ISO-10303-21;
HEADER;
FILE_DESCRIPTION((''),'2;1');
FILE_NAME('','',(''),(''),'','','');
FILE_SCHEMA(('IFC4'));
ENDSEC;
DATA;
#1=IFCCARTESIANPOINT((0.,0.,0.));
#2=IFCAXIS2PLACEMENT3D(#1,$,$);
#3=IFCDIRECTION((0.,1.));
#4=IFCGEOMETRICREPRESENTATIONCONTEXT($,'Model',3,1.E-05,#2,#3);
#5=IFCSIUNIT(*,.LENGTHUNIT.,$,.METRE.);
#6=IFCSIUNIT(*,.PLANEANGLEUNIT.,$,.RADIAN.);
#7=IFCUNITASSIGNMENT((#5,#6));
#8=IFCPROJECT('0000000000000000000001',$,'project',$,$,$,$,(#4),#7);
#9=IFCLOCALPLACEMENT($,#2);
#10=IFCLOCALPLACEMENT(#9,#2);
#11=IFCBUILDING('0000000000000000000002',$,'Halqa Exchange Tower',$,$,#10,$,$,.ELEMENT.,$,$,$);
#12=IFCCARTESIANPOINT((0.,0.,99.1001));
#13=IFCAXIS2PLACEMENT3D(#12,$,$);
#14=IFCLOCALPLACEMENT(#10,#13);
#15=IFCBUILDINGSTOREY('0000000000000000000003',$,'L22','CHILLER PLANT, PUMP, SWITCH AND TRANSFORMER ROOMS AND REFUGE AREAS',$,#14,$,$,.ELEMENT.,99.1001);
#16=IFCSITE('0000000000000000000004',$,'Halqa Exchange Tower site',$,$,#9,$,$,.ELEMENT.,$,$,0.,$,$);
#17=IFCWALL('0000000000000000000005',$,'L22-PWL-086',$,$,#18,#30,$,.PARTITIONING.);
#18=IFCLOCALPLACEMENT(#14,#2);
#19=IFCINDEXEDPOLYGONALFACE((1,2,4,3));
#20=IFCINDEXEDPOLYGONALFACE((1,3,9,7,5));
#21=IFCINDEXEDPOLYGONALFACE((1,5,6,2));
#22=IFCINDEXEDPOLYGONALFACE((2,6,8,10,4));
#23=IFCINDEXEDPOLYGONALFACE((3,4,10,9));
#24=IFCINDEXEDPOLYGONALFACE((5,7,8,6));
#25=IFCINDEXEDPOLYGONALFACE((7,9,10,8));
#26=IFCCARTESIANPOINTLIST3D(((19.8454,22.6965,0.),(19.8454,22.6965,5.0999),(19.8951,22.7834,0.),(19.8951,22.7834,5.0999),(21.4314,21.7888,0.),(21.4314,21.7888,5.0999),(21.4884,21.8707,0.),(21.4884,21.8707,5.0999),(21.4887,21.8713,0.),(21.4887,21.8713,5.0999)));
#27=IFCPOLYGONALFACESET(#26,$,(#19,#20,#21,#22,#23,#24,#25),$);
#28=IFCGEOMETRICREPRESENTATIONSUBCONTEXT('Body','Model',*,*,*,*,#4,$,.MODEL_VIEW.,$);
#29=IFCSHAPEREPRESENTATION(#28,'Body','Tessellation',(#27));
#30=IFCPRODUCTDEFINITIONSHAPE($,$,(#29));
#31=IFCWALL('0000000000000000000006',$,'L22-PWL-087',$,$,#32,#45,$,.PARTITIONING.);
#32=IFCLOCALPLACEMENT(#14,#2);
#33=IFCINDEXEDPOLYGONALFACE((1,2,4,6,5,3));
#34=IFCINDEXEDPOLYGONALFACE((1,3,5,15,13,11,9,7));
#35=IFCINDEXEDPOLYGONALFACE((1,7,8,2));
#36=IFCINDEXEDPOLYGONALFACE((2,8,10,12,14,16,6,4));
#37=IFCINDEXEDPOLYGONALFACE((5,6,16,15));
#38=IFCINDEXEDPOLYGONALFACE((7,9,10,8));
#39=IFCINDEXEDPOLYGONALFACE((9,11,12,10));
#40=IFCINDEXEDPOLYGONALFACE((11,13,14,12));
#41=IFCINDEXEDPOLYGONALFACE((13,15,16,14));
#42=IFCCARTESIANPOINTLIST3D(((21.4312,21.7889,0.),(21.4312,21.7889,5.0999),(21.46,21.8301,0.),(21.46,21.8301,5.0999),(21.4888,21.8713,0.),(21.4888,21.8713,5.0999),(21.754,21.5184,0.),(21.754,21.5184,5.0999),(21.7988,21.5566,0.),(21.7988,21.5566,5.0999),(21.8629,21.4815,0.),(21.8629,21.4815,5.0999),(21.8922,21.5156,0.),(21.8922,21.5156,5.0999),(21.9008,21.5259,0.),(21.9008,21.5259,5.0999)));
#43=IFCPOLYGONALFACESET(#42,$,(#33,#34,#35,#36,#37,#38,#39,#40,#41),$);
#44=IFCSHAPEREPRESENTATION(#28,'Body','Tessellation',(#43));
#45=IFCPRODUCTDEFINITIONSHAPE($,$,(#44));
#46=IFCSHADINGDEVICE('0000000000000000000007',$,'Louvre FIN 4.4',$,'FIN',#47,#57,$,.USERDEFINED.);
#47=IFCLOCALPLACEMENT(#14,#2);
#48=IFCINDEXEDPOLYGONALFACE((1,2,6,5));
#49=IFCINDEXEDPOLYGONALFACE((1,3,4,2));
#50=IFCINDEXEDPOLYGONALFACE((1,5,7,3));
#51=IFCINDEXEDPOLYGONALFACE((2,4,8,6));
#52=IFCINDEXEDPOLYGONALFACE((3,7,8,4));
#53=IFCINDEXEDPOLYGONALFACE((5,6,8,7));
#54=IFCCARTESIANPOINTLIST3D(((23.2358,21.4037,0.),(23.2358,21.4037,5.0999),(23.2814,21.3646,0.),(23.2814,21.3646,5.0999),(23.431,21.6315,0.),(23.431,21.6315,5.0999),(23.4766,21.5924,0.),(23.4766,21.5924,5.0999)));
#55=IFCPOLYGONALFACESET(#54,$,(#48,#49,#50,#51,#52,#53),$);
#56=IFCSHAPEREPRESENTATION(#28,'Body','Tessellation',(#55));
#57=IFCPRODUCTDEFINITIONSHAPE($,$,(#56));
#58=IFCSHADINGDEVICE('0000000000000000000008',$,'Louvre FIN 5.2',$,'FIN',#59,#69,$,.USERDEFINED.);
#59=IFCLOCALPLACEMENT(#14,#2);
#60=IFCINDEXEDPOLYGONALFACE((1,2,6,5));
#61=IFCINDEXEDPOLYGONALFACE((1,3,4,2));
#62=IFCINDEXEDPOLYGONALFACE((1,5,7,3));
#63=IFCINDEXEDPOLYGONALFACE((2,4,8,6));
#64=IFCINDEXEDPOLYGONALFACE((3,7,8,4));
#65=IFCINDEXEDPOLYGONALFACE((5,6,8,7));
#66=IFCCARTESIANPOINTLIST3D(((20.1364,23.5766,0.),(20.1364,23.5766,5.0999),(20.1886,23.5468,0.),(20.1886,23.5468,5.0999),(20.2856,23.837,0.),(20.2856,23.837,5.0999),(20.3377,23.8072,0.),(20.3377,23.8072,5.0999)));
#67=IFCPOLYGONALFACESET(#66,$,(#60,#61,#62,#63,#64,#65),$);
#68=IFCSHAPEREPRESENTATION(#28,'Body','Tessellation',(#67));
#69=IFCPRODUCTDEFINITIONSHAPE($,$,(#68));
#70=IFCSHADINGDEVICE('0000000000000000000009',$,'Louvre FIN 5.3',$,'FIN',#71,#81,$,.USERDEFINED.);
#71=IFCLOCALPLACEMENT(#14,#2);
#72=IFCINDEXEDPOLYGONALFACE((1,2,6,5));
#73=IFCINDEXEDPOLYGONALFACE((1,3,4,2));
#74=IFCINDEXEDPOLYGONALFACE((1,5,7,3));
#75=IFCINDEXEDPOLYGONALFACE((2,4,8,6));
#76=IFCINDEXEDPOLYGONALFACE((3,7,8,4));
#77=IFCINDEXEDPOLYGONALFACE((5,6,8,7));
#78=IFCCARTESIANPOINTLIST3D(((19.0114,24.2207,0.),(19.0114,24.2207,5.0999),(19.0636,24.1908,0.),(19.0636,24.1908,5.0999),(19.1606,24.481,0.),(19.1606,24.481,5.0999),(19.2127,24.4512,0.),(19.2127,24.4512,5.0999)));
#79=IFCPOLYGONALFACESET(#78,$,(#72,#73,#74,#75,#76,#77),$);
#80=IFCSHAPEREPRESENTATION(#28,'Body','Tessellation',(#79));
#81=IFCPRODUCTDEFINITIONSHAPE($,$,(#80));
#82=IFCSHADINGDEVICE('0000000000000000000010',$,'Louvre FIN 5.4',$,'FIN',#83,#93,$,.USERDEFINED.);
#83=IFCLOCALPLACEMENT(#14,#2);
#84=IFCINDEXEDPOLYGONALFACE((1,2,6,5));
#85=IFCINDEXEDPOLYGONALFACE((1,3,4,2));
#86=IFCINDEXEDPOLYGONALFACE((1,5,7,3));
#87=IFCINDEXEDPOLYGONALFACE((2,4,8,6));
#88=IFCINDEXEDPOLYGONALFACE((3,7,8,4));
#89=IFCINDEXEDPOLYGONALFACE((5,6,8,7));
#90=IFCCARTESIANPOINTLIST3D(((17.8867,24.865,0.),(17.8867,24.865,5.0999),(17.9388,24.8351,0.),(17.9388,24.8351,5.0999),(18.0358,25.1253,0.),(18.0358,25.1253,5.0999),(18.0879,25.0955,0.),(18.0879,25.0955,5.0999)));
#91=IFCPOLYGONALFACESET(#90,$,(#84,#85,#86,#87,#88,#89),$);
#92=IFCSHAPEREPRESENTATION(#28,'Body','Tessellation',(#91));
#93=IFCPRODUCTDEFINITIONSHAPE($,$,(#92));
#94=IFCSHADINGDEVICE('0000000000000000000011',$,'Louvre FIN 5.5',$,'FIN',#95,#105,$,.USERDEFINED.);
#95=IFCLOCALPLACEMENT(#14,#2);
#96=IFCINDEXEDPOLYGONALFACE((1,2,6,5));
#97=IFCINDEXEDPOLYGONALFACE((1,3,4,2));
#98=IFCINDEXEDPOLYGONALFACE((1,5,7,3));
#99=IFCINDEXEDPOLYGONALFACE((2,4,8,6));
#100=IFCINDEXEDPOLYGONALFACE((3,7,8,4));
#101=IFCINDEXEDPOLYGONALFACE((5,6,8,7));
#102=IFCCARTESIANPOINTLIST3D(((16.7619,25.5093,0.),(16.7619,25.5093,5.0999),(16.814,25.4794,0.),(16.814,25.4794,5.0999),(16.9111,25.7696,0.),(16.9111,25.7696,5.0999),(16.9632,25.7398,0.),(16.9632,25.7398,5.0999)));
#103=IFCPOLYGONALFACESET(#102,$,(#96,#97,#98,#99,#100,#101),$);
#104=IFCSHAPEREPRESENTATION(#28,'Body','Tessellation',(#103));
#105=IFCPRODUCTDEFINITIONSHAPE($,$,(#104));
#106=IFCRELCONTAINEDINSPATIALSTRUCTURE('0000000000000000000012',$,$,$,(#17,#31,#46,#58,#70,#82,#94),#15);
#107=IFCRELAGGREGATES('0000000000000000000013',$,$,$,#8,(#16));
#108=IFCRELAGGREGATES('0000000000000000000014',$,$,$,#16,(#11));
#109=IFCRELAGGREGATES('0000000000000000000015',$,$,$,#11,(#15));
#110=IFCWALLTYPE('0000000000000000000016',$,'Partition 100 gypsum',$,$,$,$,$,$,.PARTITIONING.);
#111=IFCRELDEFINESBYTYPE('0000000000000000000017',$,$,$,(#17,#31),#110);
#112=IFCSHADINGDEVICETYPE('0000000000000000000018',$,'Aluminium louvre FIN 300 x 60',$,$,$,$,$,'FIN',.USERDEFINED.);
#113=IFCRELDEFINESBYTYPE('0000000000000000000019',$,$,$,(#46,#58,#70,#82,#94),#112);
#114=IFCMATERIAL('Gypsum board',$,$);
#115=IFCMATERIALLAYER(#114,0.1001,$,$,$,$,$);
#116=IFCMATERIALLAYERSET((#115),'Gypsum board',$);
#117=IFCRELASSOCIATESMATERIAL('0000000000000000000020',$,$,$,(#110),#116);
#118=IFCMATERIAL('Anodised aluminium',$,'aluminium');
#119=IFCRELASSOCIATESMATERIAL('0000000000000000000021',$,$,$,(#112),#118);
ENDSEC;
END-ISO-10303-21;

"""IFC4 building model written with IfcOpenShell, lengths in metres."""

from ifc_helpers import new_model, si_unit, direction, frame, origin, origin_2d, place, context, subcontext, project, spatial, polyline, rectangle, outline, extrude, material, layer, layer_set, material_profile, profile_set, type_object, element, save


model = new_model("IFC4")

# Units and contexts
model_context = context("Model", 3, precision=1e-05, world=origin(), true_north=direction((0.0, 1.0)))
body_context = subcontext(model_context, "Body", "Model", "MODEL_VIEW")
ifc_project = project(units=[si_unit("LENGTHUNIT", "METRE"), si_unit("PLANEANGLEUNIT", "RADIAN")], contexts=[model_context])

# Site, building, storey
site_placement = place(None, origin())
site = spatial("IfcSite", under=ifc_project, at=site_placement, Name="Halqa Exchange Tower site", CompositionType="ELEMENT", RefElevation=0.0)
building_placement = place(site_placement, origin())
building = spatial("IfcBuilding", under=site, at=building_placement, Name="Halqa Exchange Tower", CompositionType="ELEMENT")
storey_placement = place(building_placement, frame((0.0, 0.0, 99.1001)))
storey = spatial("IfcBuildingStorey", under=building, at=storey_placement, Name="L22", Description="CHILLER PLANT, PUMP, SWITCH AND TRANSFORMER ROOMS AND REFUGE AREAS", CompositionType="ELEMENT", Elevation=99.1001)

# Walls
ifc_material_1 = material(Name="Gypsum board")
ifc_layer_1 = layer(ifc_material_1, 0.1001)
ifc_layer_set_1 = layer_set([ifc_layer_1], Name="Gypsum board")
wall_type_1 = type_object("IfcWallType", Name="Partition 100 gypsum", PredefinedType="PARTITIONING", material=ifc_layer_set_1)
wall_1_placement = place(storey_placement, frame((21.4639, 21.8279, 0.0), z_axis=(0.0, 0.0, 1.0), x_axis=(-0.867916, 0.496712, 0.0)))
element("IfcWall", 1, at=wall_1_placement, inside=storey, type_object=wall_type_1, Name="L22-PWL-086", PredefinedType="PARTITIONING", context=body_context, shape_type="SweptSolid", body=[
    extrude(outline(polyline([(1.8362, 0.05), (0.0088, 0.05), (0.0, -0.0493), (0.0, -0.05), (1.8362, -0.05), (1.8362, 0.05)])), origin(), (0.0, 0.0, 1.0), 5.0999),
])
wall_2_placement = place(storey_placement, frame((21.8687, 21.4875, 0.0), z_axis=(0.0, 0.0, 1.0), x_axis=(-0.766357, 0.642414, 0.0)))
element("IfcWall", 2, at=wall_2_placement, inside=storey, type_object=wall_type_1, Name="L22-PWL-087", PredefinedType="PARTITIONING", context=body_context, shape_type="SweptSolid", body=[
    extrude(outline(polyline([(0.0, -0.05), (0.5376, -0.05), (0.5332, 0.0), (0.5288, 0.05), (0.1077, 0.05), (0.0979, -0.0081), (0.0005, 0.0083), (0.0, -0.0366), (0.0, -0.05)])), origin(), (0.0, 0.0, 1.0), 5.0999),
])

# Shading devices
ifc_material_2 = material(Name="Anodised aluminium", Category="aluminium")
ifc_material_profile_1 = material_profile(ifc_material_2, rectangle(XDim=0.3, YDim=0.0601, at=origin_2d()), Name="AL FIN 300x60")
ifc_profile_set_1 = profile_set([ifc_material_profile_1], Name="Anodised aluminium")
shading_device_type = type_object("IfcShadingDeviceType", Name="Aluminium louvre FIN 300 x 60", ElementType="FIN", PredefinedType="USERDEFINED", material=ifc_profile_set_1)
for number, where, z_axis, x_axis, name in (
    (3, (23.3562, 21.498, 0.0), (0.0, 0.0, 1.0), (-0.650785, -0.759262, 0.0), "Louvre FIN 4.4"),
    (4, (20.2371, 23.6919, 0.0), (0.0, 0.0, 1.0), (-0.496985, -0.867759, 0.0), "Louvre FIN 5.2"),
    (5, (19.1121, 24.3359, 0.0), (0.0, 0.0, 1.0), (-0.496985, -0.867759, 0.0), "Louvre FIN 5.3"),
    (6, (17.9873, 24.9802, 0.0), (0.0, 0.0, 1.0), (-0.496985, -0.867759, 0.0), "Louvre FIN 5.4"),
    (7, (16.8625, 25.6245, 0.0), (0.0, 0.0, 1.0), (-0.496985, -0.867759, 0.0), "Louvre FIN 5.5"),
):
    element("IfcShadingDevice", number, at=place(storey_placement, frame(where, z_axis=z_axis, x_axis=x_axis)), inside=storey, type_object=shading_device_type, Name=name, ObjectType="FIN", PredefinedType="USERDEFINED", context=body_context, shape_type="SweptSolid", body=[
        extrude(rectangle(XDim=0.3, YDim=0.0601, at=origin_2d()), origin(), (0.0, 0.0, 1.0), 5.0999),
    ])

save(model, "model.ifc")
